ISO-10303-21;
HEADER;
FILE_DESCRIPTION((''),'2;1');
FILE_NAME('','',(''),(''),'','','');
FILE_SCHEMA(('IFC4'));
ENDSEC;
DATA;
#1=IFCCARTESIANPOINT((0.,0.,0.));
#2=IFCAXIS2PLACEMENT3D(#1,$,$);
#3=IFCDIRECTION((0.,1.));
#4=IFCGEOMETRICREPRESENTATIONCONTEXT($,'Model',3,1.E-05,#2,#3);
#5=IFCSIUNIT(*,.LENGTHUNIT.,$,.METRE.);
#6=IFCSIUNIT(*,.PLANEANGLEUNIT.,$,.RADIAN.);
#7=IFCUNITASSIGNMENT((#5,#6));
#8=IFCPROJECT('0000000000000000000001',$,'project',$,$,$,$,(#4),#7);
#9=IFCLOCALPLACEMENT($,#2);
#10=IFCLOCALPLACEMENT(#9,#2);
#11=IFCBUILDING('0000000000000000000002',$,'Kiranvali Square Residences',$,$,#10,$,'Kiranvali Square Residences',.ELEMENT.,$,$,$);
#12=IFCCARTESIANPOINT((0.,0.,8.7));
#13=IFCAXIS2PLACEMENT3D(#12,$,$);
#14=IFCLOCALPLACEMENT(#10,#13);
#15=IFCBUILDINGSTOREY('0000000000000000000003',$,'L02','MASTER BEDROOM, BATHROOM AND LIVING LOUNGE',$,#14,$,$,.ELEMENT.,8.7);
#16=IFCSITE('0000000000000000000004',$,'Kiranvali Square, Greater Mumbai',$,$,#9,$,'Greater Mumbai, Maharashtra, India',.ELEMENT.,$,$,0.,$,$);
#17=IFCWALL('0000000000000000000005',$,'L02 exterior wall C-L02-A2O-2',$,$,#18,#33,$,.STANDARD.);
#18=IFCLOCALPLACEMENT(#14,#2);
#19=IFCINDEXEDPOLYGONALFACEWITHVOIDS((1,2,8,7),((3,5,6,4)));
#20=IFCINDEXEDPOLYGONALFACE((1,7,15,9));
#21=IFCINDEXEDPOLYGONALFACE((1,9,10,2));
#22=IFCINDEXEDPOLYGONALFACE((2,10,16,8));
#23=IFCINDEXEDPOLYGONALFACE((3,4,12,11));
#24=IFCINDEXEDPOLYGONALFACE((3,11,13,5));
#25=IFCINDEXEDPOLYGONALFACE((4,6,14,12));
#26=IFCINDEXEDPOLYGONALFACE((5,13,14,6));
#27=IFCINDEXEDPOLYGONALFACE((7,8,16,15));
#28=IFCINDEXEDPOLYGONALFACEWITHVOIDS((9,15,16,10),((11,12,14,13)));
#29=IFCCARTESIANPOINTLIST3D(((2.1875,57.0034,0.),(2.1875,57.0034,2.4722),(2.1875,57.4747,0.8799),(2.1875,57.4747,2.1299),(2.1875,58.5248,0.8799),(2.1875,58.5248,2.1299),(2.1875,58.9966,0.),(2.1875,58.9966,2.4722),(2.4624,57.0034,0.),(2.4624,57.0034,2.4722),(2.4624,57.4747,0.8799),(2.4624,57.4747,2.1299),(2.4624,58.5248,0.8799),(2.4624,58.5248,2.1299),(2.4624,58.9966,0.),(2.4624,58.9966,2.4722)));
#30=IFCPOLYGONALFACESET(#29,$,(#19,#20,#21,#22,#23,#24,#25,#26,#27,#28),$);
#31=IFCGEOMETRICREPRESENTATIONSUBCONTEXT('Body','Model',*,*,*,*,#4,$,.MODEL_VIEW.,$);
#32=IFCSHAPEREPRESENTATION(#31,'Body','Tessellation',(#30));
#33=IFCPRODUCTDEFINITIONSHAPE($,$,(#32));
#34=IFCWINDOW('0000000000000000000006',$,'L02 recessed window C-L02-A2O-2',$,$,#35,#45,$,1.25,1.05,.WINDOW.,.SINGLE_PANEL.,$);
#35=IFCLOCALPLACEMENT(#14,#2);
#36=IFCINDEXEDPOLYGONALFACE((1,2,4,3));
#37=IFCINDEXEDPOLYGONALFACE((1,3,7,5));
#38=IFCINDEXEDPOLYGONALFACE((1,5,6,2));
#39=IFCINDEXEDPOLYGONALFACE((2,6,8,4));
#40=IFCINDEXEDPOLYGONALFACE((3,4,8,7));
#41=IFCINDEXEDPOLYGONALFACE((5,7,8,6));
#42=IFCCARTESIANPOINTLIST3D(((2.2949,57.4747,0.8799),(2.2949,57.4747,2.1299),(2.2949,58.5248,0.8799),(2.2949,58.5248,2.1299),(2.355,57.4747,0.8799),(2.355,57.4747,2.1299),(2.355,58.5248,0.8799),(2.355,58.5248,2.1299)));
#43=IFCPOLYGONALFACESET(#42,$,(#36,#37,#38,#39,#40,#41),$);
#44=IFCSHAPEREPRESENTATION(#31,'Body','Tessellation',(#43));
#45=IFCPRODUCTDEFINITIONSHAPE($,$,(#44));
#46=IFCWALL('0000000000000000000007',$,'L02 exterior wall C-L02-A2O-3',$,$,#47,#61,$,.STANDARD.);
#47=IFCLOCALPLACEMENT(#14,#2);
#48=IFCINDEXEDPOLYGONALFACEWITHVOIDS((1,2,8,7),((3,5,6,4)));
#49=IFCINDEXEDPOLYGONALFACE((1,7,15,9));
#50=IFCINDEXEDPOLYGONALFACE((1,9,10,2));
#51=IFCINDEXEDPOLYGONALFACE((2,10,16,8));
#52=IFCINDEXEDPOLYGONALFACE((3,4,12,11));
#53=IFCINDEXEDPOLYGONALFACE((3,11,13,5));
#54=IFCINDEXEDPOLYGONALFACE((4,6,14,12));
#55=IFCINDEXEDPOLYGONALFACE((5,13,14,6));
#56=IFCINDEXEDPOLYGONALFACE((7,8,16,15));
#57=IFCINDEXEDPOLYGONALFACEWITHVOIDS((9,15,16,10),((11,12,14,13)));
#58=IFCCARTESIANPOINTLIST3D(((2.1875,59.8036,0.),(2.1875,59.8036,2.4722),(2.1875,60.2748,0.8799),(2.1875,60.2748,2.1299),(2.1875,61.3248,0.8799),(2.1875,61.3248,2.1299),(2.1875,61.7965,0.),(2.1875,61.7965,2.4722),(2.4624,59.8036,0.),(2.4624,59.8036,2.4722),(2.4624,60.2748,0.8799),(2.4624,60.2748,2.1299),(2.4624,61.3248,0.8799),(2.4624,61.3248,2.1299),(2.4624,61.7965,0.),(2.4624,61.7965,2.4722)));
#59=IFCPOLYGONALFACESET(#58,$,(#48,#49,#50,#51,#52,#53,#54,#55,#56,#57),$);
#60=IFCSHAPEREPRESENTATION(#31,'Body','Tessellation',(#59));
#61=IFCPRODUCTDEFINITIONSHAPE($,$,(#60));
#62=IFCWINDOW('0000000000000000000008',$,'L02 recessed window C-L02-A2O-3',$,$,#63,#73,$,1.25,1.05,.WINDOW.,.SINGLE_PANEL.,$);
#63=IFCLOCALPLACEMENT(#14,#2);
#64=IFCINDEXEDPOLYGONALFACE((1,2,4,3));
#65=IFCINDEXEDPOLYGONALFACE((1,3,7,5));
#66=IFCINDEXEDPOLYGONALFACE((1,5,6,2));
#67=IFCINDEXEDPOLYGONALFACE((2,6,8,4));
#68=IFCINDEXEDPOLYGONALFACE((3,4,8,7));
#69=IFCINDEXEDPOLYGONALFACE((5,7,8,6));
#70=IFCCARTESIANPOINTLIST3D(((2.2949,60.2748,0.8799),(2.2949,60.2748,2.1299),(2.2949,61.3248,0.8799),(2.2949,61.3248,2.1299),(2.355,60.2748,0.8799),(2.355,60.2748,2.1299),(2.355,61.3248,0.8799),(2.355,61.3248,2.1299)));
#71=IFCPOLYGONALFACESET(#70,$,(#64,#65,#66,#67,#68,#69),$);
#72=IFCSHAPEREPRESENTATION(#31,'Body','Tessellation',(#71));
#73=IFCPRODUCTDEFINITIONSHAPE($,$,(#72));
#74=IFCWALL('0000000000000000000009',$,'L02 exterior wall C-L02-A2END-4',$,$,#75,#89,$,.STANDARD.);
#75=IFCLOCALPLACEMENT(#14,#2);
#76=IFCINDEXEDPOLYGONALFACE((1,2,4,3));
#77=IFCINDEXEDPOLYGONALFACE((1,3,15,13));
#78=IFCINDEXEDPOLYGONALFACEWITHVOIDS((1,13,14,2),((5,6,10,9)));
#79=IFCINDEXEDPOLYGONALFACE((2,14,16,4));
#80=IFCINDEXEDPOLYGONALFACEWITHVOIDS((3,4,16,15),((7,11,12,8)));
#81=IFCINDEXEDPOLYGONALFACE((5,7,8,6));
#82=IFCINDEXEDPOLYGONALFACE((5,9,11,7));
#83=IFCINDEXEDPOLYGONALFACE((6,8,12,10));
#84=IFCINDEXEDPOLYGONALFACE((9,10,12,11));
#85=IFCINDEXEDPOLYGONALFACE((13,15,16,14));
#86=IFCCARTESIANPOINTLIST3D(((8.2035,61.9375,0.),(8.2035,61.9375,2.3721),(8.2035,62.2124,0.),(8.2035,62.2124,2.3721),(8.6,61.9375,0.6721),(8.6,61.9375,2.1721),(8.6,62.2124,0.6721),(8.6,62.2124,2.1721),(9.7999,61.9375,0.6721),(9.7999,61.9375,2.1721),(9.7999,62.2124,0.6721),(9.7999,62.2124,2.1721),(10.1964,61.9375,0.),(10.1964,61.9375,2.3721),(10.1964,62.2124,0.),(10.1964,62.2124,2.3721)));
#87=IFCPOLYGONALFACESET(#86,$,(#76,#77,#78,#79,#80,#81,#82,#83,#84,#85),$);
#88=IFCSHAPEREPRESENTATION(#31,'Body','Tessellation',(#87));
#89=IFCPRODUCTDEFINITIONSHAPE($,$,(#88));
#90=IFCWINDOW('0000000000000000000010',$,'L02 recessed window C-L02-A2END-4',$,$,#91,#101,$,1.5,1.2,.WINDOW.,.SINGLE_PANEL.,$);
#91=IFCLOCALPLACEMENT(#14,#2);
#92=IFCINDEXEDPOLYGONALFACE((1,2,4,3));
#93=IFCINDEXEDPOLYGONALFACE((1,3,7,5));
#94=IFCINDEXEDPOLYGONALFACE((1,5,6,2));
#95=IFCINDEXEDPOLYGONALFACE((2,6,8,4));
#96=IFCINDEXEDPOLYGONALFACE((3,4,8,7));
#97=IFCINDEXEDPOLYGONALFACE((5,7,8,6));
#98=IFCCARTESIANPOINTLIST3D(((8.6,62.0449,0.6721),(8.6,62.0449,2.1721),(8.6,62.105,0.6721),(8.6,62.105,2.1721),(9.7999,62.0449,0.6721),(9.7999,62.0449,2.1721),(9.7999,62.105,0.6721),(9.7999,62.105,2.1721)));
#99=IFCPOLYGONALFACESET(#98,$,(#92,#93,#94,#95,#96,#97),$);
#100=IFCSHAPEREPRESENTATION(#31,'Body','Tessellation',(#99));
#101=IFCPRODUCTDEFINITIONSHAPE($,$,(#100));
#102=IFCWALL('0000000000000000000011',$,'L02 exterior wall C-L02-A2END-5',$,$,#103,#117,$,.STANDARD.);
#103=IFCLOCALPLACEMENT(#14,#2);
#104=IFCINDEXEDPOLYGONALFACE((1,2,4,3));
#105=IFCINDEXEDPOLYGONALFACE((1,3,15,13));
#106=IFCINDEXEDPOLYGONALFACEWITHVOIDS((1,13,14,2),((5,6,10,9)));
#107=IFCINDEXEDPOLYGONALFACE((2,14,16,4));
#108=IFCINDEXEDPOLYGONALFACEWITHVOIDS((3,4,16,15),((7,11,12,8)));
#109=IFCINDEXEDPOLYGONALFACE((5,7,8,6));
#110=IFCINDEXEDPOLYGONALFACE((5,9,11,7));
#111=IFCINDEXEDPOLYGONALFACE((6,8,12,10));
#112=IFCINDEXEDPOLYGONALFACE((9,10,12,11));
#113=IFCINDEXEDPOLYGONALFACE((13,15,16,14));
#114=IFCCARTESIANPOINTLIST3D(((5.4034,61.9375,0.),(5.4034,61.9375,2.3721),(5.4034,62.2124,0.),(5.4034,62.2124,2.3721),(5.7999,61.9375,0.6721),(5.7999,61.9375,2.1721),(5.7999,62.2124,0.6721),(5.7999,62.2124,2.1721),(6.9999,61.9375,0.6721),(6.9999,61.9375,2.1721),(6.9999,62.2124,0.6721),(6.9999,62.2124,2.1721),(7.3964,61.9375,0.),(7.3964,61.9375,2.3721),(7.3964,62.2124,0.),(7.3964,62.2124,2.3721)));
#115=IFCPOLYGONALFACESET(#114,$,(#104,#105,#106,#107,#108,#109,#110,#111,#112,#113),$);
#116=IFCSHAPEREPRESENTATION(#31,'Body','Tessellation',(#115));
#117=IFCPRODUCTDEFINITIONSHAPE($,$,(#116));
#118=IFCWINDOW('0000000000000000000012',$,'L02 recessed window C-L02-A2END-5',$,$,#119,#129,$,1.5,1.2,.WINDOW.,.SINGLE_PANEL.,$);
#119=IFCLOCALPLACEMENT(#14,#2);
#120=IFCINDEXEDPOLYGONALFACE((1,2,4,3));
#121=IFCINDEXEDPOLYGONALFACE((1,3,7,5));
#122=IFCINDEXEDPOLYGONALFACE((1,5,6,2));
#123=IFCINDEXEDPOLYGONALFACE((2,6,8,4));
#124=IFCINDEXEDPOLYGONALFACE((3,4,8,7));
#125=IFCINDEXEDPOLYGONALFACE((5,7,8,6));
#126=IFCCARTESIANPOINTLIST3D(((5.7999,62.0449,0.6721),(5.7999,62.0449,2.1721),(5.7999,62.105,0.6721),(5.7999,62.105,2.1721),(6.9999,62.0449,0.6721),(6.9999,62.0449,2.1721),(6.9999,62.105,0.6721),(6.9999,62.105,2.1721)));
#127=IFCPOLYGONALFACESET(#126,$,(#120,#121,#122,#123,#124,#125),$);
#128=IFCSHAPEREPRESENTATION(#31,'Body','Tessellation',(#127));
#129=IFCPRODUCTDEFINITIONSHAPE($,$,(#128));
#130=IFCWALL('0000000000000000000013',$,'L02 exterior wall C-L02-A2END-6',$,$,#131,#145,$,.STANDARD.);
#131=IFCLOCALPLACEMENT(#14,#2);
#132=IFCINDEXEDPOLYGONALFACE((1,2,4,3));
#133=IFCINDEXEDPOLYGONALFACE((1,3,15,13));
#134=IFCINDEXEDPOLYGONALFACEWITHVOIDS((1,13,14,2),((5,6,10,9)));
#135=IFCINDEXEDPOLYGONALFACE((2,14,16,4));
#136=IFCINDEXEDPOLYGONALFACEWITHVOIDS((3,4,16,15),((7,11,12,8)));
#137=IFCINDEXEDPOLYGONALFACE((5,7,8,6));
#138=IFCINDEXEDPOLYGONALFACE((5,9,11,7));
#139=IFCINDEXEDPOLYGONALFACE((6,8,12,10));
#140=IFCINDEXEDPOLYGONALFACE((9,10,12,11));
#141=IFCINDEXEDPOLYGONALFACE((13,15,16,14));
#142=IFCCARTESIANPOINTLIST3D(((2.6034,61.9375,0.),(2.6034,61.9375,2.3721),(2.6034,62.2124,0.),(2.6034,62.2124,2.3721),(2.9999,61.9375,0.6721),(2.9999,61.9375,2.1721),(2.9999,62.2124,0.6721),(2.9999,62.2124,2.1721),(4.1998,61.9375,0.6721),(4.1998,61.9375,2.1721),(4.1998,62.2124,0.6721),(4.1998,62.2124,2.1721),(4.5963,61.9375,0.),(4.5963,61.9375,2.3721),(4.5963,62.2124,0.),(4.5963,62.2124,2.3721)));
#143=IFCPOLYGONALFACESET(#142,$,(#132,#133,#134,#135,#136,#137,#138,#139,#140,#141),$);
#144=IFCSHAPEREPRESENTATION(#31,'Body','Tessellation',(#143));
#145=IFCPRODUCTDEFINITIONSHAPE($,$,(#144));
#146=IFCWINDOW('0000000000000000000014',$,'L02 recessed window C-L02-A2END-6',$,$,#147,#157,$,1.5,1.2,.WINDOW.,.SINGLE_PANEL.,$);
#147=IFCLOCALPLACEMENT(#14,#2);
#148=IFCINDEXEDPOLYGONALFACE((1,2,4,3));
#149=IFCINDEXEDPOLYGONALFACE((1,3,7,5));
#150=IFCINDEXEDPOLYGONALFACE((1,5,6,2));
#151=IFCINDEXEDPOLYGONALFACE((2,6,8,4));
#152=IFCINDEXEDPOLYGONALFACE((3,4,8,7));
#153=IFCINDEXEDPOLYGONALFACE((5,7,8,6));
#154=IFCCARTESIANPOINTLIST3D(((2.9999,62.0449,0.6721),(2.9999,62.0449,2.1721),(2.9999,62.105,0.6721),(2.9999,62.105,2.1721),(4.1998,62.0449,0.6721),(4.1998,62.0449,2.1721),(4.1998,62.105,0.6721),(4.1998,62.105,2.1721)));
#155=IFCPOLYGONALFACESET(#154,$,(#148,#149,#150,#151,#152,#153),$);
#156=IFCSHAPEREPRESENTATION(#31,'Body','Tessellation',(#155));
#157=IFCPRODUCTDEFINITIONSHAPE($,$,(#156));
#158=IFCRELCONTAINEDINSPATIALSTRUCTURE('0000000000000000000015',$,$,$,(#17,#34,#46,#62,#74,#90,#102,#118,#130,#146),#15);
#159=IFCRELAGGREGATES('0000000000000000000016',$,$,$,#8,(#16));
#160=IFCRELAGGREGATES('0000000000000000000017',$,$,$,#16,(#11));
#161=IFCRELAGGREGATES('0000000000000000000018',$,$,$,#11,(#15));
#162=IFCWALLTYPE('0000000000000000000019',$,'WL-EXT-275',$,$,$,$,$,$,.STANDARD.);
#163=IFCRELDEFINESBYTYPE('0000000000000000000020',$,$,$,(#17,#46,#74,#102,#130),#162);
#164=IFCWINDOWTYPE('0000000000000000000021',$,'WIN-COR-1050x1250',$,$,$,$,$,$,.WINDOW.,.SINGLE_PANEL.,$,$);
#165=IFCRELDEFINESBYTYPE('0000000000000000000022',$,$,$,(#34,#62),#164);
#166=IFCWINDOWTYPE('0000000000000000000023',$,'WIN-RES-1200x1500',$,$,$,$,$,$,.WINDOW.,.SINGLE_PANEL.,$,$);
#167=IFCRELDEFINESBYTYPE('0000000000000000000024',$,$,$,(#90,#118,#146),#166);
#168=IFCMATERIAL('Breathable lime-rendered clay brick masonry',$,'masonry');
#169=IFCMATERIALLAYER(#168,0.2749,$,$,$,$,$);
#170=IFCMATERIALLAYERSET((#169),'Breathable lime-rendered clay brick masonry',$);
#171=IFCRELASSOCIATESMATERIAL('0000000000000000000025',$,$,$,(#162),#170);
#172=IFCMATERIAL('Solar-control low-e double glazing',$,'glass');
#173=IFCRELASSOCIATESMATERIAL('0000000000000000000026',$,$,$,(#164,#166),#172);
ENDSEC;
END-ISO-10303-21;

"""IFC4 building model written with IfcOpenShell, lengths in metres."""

from ifc_helpers import new_model, si_unit, direction, frame, frame_2d, origin, place, context, subcontext, project, spatial, rectangle, extrude, material, layer, layer_set, type_object, element, fill, save


model = new_model("IFC4")

# Units and contexts
model_context = context("Model", 3, precision=1e-05, world=origin(), true_north=direction((0.0, 1.0)))
body_context = subcontext(model_context, "Body", "Model", "MODEL_VIEW")
ifc_project = project(units=[si_unit("LENGTHUNIT", "METRE"), si_unit("PLANEANGLEUNIT", "RADIAN")], contexts=[model_context])

# Site, building, storey
site_placement = place(None, origin())
site = spatial("IfcSite", under=ifc_project, at=site_placement, Name="Kiranvali Square, Greater Mumbai", LongName="Greater Mumbai, Maharashtra, India", CompositionType="ELEMENT", RefElevation=0.0)
building_placement = place(site_placement, origin())
building = spatial("IfcBuilding", under=site, at=building_placement, Name="Kiranvali Square Residences", LongName="Kiranvali Square Residences", CompositionType="ELEMENT")
storey_placement = place(building_placement, frame((0.0, 0.0, 8.7)))
storey = spatial("IfcBuildingStorey", under=building, at=storey_placement, Name="L02", Description="MASTER BEDROOM, BATHROOM AND LIVING LOUNGE", CompositionType="ELEMENT", Elevation=8.7)

# Walls, openings, windows
ifc_material_1 = material(Name="Breathable lime-rendered clay brick masonry", Category="masonry")
ifc_layer = layer(ifc_material_1, 0.2749)
ifc_layer_set = layer_set([ifc_layer], Name="Breathable lime-rendered clay brick masonry")
wall_type = type_object("IfcWallType", Name="WL-EXT-275", PredefinedType="STANDARD", material=ifc_layer_set)
wall_1_placement = place(storey_placement, frame((2.325, 57.0034, 0.0), z_axis=(0.0, 0.0, 1.0), x_axis=(0.0, 1.0, 0.0)))
wall_1 = element("IfcWall", 1, at=wall_1_placement, inside=storey, type_object=wall_type, Name="L02 exterior wall C-L02-A2O-2", PredefinedType="STANDARD", context=body_context, shape_type="SweptSolid", body=[
    extrude(rectangle(XDim=1.9932, YDim=0.2749, at=frame_2d((0.9966, 0.0))), origin(), (0.0, 0.0, 1.0), 2.4722),
])
opening_1_placement = place(wall_1_placement, frame((0.4714, 0.0, 0.8799)))
opening_1 = element("IfcOpeningElement", 2, at=opening_1_placement, cuts=wall_1, PredefinedType="OPENING", context=body_context, shape_type="SweptSolid", body=[
    extrude(rectangle(XDim=1.05, YDim=1.25, at=frame_2d((0.5249, 0.625))), frame((0.0, 0.1475, 0.0), z_axis=(0.0, -1.0, 0.0), x_axis=(1.0, 0.0, 0.0)), (0.0, 0.0, 1.0), 0.2949),
])
ifc_material_2 = material(Name="Solar-control low-e double glazing", Category="glass")
window_type_1 = type_object("IfcWindowType", Name="WIN-COR-1050x1250", PartitioningType="SINGLE_PANEL", PredefinedType="WINDOW", material=ifc_material_2)
window_1_placement = place(opening_1_placement, origin())
window_1 = element("IfcWindow", 3, at=window_1_placement, inside=storey, type_object=window_type_1, Name="L02 recessed window C-L02-A2O-2", OverallHeight=1.25, OverallWidth=1.05, PartitioningType="SINGLE_PANEL", PredefinedType="WINDOW", context=body_context, shape_type="SweptSolid", body=[
    extrude(rectangle(XDim=1.05, YDim=1.25, at=frame_2d((0.5249, 0.625))), frame((0.0, 0.03, 0.0), z_axis=(0.0, -1.0, 0.0), x_axis=(1.0, 0.0, 0.0)), (0.0, 0.0, 1.0), 0.0601),
])
fill(opening_1, window_1)
wall_2_placement = place(storey_placement, frame((2.325, 59.8035, 0.0), z_axis=(0.0, 0.0, 1.0), x_axis=(0.0, 1.0, 0.0)))
wall_2 = element("IfcWall", 4, at=wall_2_placement, inside=storey, type_object=wall_type, Name="L02 exterior wall C-L02-A2O-3", PredefinedType="STANDARD", context=body_context, shape_type="SweptSolid", body=[
    extrude(rectangle(XDim=1.9929, YDim=0.2749, at=frame_2d((0.9966, 0.0))), origin(), (0.0, 0.0, 1.0), 2.4722),
])
opening_2_placement = place(wall_2_placement, frame((0.4714, 0.0, 0.8799)))
opening_2 = element("IfcOpeningElement", 5, at=opening_2_placement, cuts=wall_2, PredefinedType="OPENING", context=body_context, shape_type="SweptSolid", body=[
    extrude(rectangle(XDim=1.05, YDim=1.25, at=frame_2d((0.5249, 0.625))), frame((0.0, 0.1475, 0.0), z_axis=(0.0, -1.0, 0.0), x_axis=(1.0, 0.0, 0.0)), (0.0, 0.0, 1.0), 0.2949),
])
window_2_placement = place(opening_2_placement, origin())
window_2 = element("IfcWindow", 6, at=window_2_placement, inside=storey, type_object=window_type_1, Name="L02 recessed window C-L02-A2O-3", OverallHeight=1.25, OverallWidth=1.05, PartitioningType="SINGLE_PANEL", PredefinedType="WINDOW", context=body_context, shape_type="SweptSolid", body=[
    extrude(rectangle(XDim=1.05, YDim=1.25, at=frame_2d((0.5249, 0.625))), frame((0.0, 0.03, 0.0), z_axis=(0.0, -1.0, 0.0), x_axis=(1.0, 0.0, 0.0)), (0.0, 0.0, 1.0), 0.0601),
])
fill(opening_2, window_2)
wall_3_placement = place(storey_placement, frame((10.1965, 62.075, 0.0), z_axis=(0.0, 0.0, 1.0), x_axis=(-1.0, 0.0, 0.0)))
wall_3 = element("IfcWall", 7, at=wall_3_placement, inside=storey, type_object=wall_type, Name="L02 exterior wall C-L02-A2END-4", PredefinedType="STANDARD", context=body_context, shape_type="SweptSolid", body=[
    extrude(rectangle(XDim=1.9929, YDim=0.2749, at=frame_2d((0.9966, 0.0))), origin(), (0.0, 0.0, 1.0), 2.3721),
])
opening_3_placement = place(wall_3_placement, frame((0.3965, 0.0, 0.6721)))
opening_3 = element("IfcOpeningElement", 8, at=opening_3_placement, cuts=wall_3, PredefinedType="OPENING", context=body_context, shape_type="SweptSolid", body=[
    extrude(rectangle(XDim=1.2, YDim=1.5, at=frame_2d((0.6001, 0.75))), frame((0.0, 0.1475, 0.0), z_axis=(0.0, -1.0, 0.0), x_axis=(1.0, 0.0, 0.0)), (0.0, 0.0, 1.0), 0.2949),
])
window_type_2 = type_object("IfcWindowType", Name="WIN-RES-1200x1500", PartitioningType="SINGLE_PANEL", PredefinedType="WINDOW", material=ifc_material_2)
window_3_placement = place(opening_3_placement, origin())
window_3 = element("IfcWindow", 9, at=window_3_placement, inside=storey, type_object=window_type_2, Name="L02 recessed window C-L02-A2END-4", OverallHeight=1.5, OverallWidth=1.2, PartitioningType="SINGLE_PANEL", PredefinedType="WINDOW", context=body_context, shape_type="SweptSolid", body=[
    extrude(rectangle(XDim=1.2, YDim=1.5, at=frame_2d((0.6001, 0.75))), frame((0.0, 0.03, 0.0), z_axis=(0.0, -1.0, 0.0), x_axis=(1.0, 0.0, 0.0)), (0.0, 0.0, 1.0), 0.0601),
])
fill(opening_3, window_3)
wall_4_placement = place(storey_placement, frame((7.3965, 62.075, 0.0), z_axis=(0.0, 0.0, 1.0), x_axis=(-1.0, 0.0, 0.0)))
wall_4 = element("IfcWall", 10, at=wall_4_placement, inside=storey, type_object=wall_type, Name="L02 exterior wall C-L02-A2END-5", PredefinedType="STANDARD", context=body_context, shape_type="SweptSolid", body=[
    extrude(rectangle(XDim=1.9929, YDim=0.2749, at=frame_2d((0.9966, 0.0))), origin(), (0.0, 0.0, 1.0), 2.3721),
])
opening_4_placement = place(wall_4_placement, frame((0.3965, 0.0, 0.6721)))
opening_4 = element("IfcOpeningElement", 11, at=opening_4_placement, cuts=wall_4, PredefinedType="OPENING", context=body_context, shape_type="SweptSolid", body=[
    extrude(rectangle(XDim=1.2, YDim=1.5, at=frame_2d((0.6001, 0.75))), frame((0.0, 0.1475, 0.0), z_axis=(0.0, -1.0, 0.0), x_axis=(1.0, 0.0, 0.0)), (0.0, 0.0, 1.0), 0.2949),
])
window_4_placement = place(opening_4_placement, origin())
window_4 = element("IfcWindow", 12, at=window_4_placement, inside=storey, type_object=window_type_2, Name="L02 recessed window C-L02-A2END-5", OverallHeight=1.5, OverallWidth=1.2, PartitioningType="SINGLE_PANEL", PredefinedType="WINDOW", context=body_context, shape_type="SweptSolid", body=[
    extrude(rectangle(XDim=1.2, YDim=1.5, at=frame_2d((0.6001, 0.75))), frame((0.0, 0.03, 0.0), z_axis=(0.0, -1.0, 0.0), x_axis=(1.0, 0.0, 0.0)), (0.0, 0.0, 1.0), 0.0601),
])
fill(opening_4, window_4)
wall_5_placement = place(storey_placement, frame((4.5964, 62.075, 0.0), z_axis=(0.0, 0.0, 1.0), x_axis=(-1.0, 0.0, 0.0)))
wall_5 = element("IfcWall", 13, at=wall_5_placement, inside=storey, type_object=wall_type, Name="L02 exterior wall C-L02-A2END-6", PredefinedType="STANDARD", context=body_context, shape_type="SweptSolid", body=[
    extrude(rectangle(XDim=1.9929, YDim=0.2749, at=frame_2d((0.9966, 0.0))), origin(), (0.0, 0.0, 1.0), 2.3721),
])
opening_5_placement = place(wall_5_placement, frame((0.3965, 0.0, 0.6721)))
opening_5 = element("IfcOpeningElement", 14, at=opening_5_placement, cuts=wall_5, PredefinedType="OPENING", context=body_context, shape_type="SweptSolid", body=[
    extrude(rectangle(XDim=1.2, YDim=1.5, at=frame_2d((0.6001, 0.75))), frame((0.0, 0.1475, 0.0), z_axis=(0.0, -1.0, 0.0), x_axis=(1.0, 0.0, 0.0)), (0.0, 0.0, 1.0), 0.2949),
])
window_5_placement = place(opening_5_placement, origin())
window_5 = element("IfcWindow", 15, at=window_5_placement, inside=storey, type_object=window_type_2, Name="L02 recessed window C-L02-A2END-6", OverallHeight=1.5, OverallWidth=1.2, PartitioningType="SINGLE_PANEL", PredefinedType="WINDOW", context=body_context, shape_type="SweptSolid", body=[
    extrude(rectangle(XDim=1.2, YDim=1.5, at=frame_2d((0.6001, 0.75))), frame((0.0, 0.03, 0.0), z_axis=(0.0, -1.0, 0.0), x_axis=(1.0, 0.0, 0.0)), (0.0, 0.0, 1.0), 0.0601),
])
fill(opening_5, window_5)

save(model, "model.ifc")
